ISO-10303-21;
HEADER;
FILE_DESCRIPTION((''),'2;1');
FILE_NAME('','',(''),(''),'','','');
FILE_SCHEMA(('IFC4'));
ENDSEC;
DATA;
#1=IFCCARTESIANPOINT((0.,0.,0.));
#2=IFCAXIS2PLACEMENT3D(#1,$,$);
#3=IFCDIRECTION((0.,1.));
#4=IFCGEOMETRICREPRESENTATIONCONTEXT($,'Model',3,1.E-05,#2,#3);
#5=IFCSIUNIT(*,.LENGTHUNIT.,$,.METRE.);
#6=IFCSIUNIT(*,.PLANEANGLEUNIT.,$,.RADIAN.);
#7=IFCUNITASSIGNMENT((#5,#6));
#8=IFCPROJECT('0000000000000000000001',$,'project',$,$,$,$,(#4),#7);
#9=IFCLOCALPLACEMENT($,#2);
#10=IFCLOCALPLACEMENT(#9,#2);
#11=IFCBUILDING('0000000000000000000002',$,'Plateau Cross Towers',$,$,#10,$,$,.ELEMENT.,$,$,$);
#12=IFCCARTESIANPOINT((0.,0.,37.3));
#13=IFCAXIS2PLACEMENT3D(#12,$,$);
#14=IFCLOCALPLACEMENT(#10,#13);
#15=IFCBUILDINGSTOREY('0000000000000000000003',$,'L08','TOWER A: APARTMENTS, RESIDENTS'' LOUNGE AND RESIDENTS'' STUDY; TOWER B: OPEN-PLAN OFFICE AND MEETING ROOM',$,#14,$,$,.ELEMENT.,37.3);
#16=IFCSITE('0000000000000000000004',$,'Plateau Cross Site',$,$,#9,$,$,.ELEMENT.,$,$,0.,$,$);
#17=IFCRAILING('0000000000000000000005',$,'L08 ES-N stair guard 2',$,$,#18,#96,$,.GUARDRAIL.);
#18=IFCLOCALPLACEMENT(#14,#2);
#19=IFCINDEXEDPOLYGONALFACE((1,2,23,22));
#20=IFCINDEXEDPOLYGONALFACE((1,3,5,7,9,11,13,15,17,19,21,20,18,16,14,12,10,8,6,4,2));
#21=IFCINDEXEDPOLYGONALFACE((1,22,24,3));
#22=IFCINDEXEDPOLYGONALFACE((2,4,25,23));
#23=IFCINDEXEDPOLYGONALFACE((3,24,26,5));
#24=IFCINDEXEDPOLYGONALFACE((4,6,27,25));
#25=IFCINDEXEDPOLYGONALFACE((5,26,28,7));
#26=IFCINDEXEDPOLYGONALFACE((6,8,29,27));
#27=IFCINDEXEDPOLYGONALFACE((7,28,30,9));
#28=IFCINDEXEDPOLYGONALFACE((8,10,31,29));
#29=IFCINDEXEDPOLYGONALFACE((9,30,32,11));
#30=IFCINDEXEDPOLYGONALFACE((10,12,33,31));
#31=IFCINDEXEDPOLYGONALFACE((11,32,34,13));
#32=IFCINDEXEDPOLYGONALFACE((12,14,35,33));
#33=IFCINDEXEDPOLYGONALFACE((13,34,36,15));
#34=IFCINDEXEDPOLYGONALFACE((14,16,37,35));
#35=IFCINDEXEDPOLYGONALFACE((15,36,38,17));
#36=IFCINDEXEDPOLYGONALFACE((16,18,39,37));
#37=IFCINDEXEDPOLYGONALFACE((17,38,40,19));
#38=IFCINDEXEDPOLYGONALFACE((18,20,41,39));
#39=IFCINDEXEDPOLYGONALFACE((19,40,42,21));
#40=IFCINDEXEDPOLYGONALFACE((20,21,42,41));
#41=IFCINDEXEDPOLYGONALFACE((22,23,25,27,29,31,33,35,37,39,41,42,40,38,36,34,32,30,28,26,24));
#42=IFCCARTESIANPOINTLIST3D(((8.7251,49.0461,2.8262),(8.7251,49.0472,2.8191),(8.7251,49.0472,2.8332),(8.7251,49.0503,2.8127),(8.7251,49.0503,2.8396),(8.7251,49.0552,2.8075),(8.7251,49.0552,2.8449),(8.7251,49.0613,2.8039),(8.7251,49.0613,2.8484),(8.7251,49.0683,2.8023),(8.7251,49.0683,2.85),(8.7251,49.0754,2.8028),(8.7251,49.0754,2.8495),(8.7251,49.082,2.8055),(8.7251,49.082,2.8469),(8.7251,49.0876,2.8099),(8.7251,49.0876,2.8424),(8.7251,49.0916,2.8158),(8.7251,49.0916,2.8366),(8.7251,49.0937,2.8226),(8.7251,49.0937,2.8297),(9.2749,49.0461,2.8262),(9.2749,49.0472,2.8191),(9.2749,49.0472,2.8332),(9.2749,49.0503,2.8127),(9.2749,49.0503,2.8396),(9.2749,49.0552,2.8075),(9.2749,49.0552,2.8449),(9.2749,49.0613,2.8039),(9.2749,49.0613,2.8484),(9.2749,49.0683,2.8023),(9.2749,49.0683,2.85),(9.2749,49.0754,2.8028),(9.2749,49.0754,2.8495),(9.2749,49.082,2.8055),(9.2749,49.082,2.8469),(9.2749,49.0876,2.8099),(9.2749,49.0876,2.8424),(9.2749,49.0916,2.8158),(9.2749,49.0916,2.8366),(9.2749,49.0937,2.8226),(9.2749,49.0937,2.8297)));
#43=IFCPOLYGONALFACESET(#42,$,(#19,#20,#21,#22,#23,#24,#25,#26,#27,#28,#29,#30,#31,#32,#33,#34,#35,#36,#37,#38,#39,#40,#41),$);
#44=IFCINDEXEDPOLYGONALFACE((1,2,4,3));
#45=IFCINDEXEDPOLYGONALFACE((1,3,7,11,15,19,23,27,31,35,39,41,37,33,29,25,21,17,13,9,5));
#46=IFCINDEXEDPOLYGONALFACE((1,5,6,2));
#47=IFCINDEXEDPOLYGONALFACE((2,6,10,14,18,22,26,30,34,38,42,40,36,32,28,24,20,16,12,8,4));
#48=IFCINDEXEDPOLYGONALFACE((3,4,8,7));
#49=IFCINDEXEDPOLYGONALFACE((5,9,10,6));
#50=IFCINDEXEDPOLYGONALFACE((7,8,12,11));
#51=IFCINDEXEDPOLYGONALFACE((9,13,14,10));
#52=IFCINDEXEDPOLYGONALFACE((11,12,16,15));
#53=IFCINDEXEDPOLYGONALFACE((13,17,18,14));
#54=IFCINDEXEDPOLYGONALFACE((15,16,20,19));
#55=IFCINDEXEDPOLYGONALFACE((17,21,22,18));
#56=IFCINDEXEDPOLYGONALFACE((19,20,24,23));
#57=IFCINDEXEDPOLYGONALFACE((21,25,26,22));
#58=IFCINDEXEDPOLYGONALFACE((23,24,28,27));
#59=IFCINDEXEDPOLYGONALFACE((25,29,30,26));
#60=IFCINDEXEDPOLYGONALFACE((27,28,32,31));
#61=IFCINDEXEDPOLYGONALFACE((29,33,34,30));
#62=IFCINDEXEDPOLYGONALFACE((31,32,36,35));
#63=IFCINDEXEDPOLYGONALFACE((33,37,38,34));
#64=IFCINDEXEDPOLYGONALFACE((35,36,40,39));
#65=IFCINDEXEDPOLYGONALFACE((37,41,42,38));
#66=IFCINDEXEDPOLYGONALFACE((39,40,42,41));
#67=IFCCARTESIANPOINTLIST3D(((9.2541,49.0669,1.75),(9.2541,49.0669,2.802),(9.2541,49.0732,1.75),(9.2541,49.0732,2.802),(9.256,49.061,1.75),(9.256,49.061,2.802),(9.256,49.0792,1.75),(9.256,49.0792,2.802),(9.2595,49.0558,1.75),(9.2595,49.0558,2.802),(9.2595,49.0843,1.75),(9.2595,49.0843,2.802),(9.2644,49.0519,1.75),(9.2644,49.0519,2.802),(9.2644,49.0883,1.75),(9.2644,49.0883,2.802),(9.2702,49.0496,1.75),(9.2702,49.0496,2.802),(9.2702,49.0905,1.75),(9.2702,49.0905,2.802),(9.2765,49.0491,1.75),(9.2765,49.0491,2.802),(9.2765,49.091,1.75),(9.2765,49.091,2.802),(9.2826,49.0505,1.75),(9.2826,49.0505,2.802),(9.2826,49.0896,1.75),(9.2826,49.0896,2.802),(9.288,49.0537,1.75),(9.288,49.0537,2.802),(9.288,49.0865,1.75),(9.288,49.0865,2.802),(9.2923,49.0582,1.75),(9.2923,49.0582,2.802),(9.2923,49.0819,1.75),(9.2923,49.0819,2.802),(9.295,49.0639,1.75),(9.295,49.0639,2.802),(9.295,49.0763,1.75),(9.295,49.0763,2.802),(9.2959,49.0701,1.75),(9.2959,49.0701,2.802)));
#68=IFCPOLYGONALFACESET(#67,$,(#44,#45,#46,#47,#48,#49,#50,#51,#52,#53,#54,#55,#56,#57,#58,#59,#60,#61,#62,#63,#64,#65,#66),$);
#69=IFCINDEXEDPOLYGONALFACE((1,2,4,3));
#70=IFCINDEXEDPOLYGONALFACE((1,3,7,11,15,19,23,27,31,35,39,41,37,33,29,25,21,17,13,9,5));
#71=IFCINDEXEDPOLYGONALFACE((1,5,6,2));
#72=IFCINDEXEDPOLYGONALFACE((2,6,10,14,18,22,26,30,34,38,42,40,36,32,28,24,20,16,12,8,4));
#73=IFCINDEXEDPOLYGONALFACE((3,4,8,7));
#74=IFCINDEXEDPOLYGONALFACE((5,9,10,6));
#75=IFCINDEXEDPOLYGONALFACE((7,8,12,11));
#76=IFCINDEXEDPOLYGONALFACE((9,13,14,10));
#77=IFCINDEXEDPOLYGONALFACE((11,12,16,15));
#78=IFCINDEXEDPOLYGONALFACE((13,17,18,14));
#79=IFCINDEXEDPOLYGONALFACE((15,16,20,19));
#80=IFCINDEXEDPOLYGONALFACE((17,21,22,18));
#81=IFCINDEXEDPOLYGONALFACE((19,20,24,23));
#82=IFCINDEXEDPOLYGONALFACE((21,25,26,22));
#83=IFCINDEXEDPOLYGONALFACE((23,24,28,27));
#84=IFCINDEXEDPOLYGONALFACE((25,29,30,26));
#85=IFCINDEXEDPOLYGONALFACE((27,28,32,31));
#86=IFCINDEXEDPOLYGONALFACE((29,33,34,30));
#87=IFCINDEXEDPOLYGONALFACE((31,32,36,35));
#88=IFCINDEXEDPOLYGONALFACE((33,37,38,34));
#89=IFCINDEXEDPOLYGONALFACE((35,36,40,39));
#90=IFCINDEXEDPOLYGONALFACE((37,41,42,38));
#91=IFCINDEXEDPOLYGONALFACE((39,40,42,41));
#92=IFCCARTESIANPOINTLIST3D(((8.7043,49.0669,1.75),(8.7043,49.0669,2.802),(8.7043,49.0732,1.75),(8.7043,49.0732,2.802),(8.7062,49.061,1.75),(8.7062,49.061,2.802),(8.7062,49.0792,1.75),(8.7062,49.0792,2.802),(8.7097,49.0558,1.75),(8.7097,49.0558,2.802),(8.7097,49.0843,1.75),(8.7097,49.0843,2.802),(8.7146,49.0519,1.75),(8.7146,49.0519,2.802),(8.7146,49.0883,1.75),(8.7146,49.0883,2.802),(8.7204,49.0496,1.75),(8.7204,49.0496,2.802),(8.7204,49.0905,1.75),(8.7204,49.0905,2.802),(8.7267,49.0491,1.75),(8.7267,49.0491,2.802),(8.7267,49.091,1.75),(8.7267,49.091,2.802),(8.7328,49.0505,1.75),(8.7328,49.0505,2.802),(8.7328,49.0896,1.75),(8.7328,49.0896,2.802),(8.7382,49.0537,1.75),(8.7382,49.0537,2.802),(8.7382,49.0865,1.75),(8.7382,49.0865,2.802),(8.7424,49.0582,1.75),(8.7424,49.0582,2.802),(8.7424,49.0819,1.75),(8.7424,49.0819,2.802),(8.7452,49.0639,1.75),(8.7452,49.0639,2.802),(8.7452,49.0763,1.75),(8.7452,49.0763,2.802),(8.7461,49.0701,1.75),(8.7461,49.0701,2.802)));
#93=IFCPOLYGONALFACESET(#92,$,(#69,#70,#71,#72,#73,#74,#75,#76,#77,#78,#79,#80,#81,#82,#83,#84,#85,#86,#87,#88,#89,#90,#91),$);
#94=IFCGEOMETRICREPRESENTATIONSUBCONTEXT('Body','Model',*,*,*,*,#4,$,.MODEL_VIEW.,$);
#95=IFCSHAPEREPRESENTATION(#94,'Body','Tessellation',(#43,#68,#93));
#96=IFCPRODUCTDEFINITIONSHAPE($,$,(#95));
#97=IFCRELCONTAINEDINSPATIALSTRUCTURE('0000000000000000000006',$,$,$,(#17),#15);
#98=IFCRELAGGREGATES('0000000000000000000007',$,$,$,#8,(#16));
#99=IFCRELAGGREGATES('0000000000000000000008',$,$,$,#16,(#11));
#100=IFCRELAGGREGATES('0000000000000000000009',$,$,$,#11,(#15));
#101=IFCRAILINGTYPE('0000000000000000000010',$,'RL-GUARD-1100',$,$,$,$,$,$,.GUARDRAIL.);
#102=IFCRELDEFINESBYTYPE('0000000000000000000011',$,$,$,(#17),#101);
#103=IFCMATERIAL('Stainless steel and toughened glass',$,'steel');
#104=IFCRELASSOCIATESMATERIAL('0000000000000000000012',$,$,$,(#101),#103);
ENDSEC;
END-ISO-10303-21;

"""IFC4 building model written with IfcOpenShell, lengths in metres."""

from ifc_helpers import new_model, si_unit, direction, frame, origin, origin_2d, place, context, subcontext, project, spatial, circle, extrude, material, type_object, element, save


model = new_model("IFC4")

# Units and contexts
model_context = context("Model", 3, precision=1e-05, world=origin(), true_north=direction((0.0, 1.0)))
body_context = subcontext(model_context, "Body", "Model", "MODEL_VIEW")
ifc_project = project(units=[si_unit("LENGTHUNIT", "METRE"), si_unit("PLANEANGLEUNIT", "RADIAN")], contexts=[model_context])

# Site, building, storey
site_placement = place(None, origin())
site = spatial("IfcSite", under=ifc_project, at=site_placement, Name="Plateau Cross Site", CompositionType="ELEMENT", RefElevation=0.0)
building_placement = place(site_placement, origin())
building = spatial("IfcBuilding", under=site, at=building_placement, Name="Plateau Cross Towers", CompositionType="ELEMENT")
storey_placement = place(building_placement, frame((0.0, 0.0, 37.3)))
storey = spatial("IfcBuildingStorey", under=building, at=storey_placement, Name="L08", Description="TOWER A: APARTMENTS, RESIDENTS' LOUNGE AND RESIDENTS' STUDY; TOWER B: OPEN-PLAN OFFICE AND MEETING ROOM", CompositionType="ELEMENT", Elevation=37.3)

# Railing
ifc_material_1 = material(Name="Stainless steel and toughened glass", Category="steel")
railing_type_1 = type_object("IfcRailingType", Name="RL-GUARD-1100", PredefinedType="GUARDRAIL", material=ifc_material_1)
railing_1_placement = place(storey_placement, frame((9.2749, 49.0701, 1.75)))
element("IfcRailing", 1, at=railing_1_placement, inside=storey, type_object=railing_type_1, Name="L08 ES-N stair guard 2", PredefinedType="GUARDRAIL", context=body_context, shape_type="SweptSolid", body=[
    extrude(circle(Radius=0.0239, at=origin_2d()), frame((0.0, 0.0, 1.0762), z_axis=(-1.0, 0.0, 0.0), x_axis=(0.0, -1.0, 0.0)), (0.0, 0.0, 1.0), 0.5498),
    extrude(circle(Radius=0.021, at=origin_2d()), origin(), (0.0, 0.0, 1.0), 1.052),
    extrude(circle(Radius=0.021, at=origin_2d()), frame((-0.5498, 0.0, 0.0)), (0.0, 0.0, 1.0), 1.052),
])

save(model, "model.ifc")
